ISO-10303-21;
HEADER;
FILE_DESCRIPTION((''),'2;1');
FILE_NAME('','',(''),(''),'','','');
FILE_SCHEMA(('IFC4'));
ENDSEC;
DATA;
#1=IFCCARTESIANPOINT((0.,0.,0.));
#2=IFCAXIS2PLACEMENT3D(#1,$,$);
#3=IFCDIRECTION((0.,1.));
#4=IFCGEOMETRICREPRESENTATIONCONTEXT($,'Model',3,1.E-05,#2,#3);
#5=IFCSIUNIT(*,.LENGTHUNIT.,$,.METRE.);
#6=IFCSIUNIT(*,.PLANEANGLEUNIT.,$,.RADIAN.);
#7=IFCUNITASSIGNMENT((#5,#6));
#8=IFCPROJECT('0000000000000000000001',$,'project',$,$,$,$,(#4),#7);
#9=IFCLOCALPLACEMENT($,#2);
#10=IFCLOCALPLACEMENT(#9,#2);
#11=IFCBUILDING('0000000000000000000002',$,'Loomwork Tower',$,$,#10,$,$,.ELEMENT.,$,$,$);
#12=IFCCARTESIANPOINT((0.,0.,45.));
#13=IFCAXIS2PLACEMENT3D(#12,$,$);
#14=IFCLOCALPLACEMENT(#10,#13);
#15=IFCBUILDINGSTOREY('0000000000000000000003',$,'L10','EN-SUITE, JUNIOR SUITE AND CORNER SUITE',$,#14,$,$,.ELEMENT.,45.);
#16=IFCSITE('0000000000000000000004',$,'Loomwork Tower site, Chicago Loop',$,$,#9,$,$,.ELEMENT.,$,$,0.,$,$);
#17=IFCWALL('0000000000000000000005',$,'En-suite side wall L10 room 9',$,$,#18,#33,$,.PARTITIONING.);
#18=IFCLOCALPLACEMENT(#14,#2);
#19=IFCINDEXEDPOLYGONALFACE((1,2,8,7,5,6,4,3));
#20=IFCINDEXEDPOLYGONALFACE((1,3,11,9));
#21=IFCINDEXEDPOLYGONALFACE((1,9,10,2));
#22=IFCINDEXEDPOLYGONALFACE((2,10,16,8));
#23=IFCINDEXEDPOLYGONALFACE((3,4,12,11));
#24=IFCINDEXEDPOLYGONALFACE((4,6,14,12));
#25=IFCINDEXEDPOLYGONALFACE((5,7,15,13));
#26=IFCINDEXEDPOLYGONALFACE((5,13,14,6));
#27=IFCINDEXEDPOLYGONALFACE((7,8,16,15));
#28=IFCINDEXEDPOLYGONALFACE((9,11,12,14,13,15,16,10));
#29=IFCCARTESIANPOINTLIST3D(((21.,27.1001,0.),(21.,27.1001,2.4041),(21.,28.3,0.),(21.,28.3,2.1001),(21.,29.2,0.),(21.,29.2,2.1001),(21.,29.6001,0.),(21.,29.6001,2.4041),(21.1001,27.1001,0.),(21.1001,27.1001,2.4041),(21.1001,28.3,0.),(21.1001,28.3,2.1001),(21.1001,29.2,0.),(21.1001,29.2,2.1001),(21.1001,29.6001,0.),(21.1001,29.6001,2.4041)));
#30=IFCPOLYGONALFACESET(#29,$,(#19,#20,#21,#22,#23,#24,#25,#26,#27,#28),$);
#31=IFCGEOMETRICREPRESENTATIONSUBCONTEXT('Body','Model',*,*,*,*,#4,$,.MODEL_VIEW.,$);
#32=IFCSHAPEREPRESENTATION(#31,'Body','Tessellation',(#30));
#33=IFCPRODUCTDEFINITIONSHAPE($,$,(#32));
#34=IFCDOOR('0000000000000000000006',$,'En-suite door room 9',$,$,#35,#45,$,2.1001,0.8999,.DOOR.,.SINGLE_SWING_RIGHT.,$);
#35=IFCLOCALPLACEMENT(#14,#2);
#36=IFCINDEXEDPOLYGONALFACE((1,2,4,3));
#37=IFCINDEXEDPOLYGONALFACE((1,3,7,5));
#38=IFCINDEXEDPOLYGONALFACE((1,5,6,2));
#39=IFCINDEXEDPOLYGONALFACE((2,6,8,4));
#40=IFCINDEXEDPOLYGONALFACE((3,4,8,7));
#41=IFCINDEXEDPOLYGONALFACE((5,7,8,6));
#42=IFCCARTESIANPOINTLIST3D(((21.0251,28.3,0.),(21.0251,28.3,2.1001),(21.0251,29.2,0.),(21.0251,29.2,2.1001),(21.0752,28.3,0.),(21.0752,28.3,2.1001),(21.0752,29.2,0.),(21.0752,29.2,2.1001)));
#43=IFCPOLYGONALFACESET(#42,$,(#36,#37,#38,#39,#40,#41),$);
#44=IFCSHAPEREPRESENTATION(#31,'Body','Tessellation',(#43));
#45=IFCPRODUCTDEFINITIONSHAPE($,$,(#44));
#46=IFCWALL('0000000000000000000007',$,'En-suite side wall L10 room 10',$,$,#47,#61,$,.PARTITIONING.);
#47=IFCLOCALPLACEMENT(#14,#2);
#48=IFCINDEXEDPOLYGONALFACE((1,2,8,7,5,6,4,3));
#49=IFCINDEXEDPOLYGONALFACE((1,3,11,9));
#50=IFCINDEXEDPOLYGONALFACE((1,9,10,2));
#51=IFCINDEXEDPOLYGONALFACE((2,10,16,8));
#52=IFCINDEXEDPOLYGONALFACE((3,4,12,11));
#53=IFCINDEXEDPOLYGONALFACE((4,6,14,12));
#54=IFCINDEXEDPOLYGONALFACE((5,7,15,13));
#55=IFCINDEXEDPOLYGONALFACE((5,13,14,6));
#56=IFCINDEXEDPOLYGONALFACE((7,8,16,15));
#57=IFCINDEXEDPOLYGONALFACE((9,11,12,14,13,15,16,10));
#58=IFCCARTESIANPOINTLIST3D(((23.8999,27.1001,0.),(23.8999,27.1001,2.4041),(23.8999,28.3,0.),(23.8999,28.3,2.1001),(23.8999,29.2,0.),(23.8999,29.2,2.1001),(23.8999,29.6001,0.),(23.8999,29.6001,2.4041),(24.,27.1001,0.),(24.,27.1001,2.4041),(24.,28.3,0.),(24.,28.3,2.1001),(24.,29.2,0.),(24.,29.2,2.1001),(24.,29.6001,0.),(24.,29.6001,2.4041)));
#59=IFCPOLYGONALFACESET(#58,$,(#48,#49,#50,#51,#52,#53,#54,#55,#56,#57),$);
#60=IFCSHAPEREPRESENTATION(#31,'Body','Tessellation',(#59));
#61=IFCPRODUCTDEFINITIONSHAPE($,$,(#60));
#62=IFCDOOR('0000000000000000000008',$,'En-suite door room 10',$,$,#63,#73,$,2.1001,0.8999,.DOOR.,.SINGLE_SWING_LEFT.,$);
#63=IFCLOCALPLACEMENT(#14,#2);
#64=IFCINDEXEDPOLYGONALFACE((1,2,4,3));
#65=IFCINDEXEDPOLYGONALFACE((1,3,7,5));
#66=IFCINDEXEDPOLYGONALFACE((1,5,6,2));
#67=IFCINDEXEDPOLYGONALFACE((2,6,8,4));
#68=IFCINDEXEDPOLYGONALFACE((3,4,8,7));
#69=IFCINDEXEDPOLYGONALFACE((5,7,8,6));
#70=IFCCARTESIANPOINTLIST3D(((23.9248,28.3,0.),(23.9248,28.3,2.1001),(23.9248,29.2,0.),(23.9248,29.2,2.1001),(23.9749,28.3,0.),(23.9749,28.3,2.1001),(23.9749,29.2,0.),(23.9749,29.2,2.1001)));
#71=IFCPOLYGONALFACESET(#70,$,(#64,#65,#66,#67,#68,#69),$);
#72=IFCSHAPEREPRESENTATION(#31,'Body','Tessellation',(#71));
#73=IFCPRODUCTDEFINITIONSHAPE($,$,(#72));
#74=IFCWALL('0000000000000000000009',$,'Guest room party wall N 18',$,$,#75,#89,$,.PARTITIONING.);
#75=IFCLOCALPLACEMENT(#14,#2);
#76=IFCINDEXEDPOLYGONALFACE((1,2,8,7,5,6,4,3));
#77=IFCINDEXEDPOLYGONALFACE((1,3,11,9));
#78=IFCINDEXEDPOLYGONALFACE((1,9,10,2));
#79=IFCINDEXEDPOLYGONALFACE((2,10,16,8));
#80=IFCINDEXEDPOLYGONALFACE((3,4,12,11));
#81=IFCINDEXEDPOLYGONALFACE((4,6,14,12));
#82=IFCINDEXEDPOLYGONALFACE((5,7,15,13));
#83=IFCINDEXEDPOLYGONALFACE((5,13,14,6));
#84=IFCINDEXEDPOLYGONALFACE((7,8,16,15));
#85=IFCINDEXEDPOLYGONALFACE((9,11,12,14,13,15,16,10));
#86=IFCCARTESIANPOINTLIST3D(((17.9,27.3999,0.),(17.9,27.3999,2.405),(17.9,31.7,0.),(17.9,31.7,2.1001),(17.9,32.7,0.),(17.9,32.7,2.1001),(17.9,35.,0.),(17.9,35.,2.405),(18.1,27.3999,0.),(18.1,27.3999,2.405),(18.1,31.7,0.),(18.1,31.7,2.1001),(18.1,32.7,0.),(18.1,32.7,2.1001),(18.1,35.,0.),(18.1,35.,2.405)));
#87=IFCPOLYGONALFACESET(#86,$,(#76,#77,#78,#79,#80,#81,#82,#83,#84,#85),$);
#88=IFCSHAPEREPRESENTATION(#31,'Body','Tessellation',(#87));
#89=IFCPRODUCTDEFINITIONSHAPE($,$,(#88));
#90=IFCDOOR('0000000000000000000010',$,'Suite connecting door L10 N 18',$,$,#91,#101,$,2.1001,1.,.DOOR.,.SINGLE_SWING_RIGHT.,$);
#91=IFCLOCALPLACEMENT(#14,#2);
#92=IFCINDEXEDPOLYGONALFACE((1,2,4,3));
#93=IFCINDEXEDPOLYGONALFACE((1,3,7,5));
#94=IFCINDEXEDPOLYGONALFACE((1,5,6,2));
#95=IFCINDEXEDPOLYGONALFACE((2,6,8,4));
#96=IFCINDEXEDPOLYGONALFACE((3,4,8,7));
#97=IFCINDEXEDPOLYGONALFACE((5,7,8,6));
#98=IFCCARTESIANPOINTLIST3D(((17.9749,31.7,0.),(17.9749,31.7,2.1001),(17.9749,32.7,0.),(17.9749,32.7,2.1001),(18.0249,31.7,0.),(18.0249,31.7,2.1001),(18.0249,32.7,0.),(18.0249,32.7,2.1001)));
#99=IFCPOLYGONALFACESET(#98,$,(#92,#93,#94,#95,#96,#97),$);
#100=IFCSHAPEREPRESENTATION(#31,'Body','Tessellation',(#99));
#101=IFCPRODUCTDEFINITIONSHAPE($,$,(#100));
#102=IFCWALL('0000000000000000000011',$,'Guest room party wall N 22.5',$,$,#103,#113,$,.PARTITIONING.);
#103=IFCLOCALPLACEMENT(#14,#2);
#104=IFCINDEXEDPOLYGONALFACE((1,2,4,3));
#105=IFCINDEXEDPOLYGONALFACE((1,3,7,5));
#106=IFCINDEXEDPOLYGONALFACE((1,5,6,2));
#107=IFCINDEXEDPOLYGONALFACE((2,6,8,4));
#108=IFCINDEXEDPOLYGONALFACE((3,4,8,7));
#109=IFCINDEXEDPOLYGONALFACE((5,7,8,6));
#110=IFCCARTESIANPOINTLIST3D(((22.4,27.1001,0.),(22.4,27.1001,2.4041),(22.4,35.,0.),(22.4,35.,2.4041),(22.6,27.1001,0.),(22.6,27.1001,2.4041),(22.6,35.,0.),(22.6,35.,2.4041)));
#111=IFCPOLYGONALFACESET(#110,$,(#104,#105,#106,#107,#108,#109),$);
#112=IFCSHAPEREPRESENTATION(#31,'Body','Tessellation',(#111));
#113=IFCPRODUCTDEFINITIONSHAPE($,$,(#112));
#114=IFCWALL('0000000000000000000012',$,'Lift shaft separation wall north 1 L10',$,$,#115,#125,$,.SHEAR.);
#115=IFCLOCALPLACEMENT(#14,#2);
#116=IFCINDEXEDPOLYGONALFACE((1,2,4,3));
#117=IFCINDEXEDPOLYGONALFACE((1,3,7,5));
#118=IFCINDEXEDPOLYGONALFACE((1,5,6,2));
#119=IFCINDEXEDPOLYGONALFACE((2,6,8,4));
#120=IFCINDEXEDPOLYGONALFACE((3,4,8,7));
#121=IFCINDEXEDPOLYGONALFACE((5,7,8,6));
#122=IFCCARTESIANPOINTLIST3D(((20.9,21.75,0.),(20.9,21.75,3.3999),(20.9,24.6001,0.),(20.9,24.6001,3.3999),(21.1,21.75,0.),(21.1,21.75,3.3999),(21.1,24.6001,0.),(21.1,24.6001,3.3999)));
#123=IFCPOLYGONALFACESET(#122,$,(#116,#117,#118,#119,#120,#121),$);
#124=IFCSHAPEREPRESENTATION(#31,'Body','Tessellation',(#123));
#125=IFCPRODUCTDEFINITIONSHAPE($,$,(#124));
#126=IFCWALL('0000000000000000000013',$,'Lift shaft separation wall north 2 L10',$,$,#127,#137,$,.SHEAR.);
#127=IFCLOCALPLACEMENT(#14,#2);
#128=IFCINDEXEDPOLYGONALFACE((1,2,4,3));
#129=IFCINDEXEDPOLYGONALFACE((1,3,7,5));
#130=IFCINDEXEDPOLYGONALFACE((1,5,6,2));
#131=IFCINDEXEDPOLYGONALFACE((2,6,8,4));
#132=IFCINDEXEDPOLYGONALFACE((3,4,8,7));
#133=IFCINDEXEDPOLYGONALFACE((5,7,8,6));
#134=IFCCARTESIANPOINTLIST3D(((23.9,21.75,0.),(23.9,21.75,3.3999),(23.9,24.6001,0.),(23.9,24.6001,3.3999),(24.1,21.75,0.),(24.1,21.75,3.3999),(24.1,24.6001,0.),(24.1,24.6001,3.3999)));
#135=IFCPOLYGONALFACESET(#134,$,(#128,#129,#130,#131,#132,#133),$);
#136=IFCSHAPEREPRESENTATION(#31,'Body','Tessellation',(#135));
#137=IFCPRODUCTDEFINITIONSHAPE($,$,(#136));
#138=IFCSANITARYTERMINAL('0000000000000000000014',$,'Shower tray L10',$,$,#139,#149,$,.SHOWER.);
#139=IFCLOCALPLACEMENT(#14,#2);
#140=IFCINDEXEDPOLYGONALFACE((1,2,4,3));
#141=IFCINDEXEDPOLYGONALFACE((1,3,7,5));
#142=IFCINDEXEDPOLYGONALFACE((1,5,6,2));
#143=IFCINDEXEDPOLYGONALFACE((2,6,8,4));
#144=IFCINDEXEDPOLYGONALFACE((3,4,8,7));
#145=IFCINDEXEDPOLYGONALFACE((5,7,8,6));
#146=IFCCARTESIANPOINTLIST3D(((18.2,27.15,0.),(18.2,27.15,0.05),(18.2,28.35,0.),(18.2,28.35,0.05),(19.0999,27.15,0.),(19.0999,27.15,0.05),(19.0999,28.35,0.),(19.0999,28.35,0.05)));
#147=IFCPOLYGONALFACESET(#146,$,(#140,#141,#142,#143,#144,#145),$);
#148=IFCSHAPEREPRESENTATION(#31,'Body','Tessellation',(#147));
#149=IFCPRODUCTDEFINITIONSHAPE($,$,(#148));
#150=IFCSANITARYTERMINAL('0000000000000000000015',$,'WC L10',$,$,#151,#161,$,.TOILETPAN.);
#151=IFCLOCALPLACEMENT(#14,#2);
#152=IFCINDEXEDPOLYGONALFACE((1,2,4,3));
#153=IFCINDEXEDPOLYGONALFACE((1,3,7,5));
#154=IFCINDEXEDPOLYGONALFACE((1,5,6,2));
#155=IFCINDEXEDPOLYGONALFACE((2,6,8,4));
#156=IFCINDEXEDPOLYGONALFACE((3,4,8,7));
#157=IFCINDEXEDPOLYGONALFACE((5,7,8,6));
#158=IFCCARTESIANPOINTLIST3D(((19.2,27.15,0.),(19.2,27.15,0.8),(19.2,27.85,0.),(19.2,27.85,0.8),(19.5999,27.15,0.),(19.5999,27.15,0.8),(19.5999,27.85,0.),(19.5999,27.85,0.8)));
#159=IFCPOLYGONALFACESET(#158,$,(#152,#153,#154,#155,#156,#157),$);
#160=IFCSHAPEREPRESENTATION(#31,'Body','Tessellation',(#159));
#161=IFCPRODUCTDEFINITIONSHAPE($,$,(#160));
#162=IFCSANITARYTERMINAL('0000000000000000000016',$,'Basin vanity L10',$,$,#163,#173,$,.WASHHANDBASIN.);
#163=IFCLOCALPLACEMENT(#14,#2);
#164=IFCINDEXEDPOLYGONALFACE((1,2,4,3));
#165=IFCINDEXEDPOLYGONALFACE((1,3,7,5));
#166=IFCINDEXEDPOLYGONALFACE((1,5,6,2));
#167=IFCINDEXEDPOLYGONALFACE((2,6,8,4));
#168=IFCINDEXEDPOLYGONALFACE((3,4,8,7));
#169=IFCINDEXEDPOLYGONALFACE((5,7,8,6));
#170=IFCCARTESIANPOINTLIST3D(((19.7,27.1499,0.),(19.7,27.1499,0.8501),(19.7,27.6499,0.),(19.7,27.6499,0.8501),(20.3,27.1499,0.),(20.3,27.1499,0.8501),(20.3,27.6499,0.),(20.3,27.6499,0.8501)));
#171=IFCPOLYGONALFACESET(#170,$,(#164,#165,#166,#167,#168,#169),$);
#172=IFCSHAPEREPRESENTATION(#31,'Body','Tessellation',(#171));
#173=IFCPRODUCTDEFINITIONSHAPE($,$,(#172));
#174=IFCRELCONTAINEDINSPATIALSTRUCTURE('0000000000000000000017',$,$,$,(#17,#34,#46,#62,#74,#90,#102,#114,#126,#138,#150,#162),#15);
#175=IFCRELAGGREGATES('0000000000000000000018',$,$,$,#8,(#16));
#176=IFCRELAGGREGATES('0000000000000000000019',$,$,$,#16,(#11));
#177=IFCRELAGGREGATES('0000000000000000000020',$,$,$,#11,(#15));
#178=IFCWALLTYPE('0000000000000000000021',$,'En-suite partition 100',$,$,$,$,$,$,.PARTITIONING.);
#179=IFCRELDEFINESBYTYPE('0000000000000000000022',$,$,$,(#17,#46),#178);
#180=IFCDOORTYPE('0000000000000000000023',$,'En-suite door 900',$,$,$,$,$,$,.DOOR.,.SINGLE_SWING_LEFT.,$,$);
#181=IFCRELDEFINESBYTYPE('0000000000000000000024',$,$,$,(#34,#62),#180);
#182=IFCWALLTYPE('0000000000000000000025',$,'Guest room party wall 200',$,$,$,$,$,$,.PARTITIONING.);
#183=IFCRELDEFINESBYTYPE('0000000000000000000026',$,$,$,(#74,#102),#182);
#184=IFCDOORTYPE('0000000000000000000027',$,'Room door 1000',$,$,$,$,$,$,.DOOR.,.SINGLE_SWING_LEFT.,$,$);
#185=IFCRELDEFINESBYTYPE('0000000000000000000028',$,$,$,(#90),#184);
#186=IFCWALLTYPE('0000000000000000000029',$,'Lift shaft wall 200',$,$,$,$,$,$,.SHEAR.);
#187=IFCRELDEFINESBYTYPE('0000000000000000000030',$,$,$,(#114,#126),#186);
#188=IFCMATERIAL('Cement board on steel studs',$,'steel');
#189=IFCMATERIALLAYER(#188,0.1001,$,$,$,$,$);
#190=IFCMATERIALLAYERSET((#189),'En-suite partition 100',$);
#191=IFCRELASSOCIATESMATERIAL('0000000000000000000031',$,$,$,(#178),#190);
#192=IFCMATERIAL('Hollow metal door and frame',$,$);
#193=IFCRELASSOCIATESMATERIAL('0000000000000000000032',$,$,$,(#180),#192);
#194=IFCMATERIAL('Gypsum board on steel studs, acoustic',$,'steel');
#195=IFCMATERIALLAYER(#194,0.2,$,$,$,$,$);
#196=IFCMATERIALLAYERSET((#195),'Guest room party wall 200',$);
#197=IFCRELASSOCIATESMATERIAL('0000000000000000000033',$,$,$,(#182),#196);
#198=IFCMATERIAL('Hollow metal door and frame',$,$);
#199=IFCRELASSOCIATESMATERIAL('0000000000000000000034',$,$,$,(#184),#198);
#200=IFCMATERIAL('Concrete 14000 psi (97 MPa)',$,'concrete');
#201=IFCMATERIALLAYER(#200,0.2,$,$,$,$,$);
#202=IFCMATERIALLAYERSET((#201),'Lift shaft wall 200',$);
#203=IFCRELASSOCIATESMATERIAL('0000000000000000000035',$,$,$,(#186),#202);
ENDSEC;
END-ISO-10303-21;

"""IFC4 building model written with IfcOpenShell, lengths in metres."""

from ifc_helpers import new_model, si_unit, direction, frame, frame_2d, origin, origin_2d, place, context, subcontext, project, spatial, rectangle, extrude, material, layer, layer_set, type_object, element, fill, save


model = new_model("IFC4")

# Units and contexts
model_context = context("Model", 3, precision=1e-05, world=origin(), true_north=direction((0.0, 1.0)))
body_context = subcontext(model_context, "Body", "Model", "MODEL_VIEW")
ifc_project = project(units=[si_unit("LENGTHUNIT", "METRE"), si_unit("PLANEANGLEUNIT", "RADIAN")], contexts=[model_context])

# Site, building, storey
site_placement = place(None, origin())
site = spatial("IfcSite", under=ifc_project, at=site_placement, Name="Loomwork Tower site, Chicago Loop", CompositionType="ELEMENT", RefElevation=0.0)
building_placement = place(site_placement, origin())
building = spatial("IfcBuilding", under=site, at=building_placement, Name="Loomwork Tower", CompositionType="ELEMENT")
storey_placement = place(building_placement, frame((0.0, 0.0, 45.0)))
storey = spatial("IfcBuildingStorey", under=building, at=storey_placement, Name="L10", Description="EN-SUITE, JUNIOR SUITE AND CORNER SUITE", CompositionType="ELEMENT", Elevation=45.0)

# Shared definitions
ifc_material_1 = material(Name="Cement board on steel studs", Category="steel")
ifc_layer_1 = layer(ifc_material_1, 0.1001)
ifc_layer_set_1 = layer_set([ifc_layer_1], Name="En-suite partition 100")
wall_type_1 = type_object("IfcWallType", Name="En-suite partition 100", PredefinedType="PARTITIONING", material=ifc_layer_set_1)

# Walls, openings, doors
wall_1_placement = place(storey_placement, frame((21.05, 27.1001, 0.0), z_axis=(0.0, 0.0, 1.0), x_axis=(0.0, 1.0, 0.0)))
wall_1 = element("IfcWall", 1, at=wall_1_placement, inside=storey, type_object=wall_type_1, Name="En-suite side wall L10 room 9", PredefinedType="PARTITIONING", context=body_context, shape_type="SweptSolid", body=[
    extrude(rectangle(XDim=2.5, YDim=0.1001, at=frame_2d((1.25, 0.0))), origin(), (0.0, 0.0, 1.0), 2.4041),
])
opening_1_placement = place(wall_1_placement, frame((1.2, 0.0, 0.0)))
opening_1 = element("IfcOpeningElement", 2, at=opening_1_placement, cuts=wall_1, PredefinedType="OPENING", context=body_context, shape_type="SweptSolid", body=[
    extrude(rectangle(XDim=0.8999, YDim=2.1001, at=frame_2d((0.45, 1.05))), frame((0.0, 0.0601, 0.0), z_axis=(0.0, -1.0, 0.0), x_axis=(1.0, 0.0, 0.0)), (0.0, 0.0, 1.0), 0.1201),
])
ifc_material_2 = material(Name="Hollow metal door and frame")
door_type_1 = type_object("IfcDoorType", Name="En-suite door 900", OperationType="SINGLE_SWING_LEFT", PredefinedType="DOOR", material=ifc_material_2)
door_1_placement = place(opening_1_placement, origin())
door_1 = element("IfcDoor", 3, at=door_1_placement, inside=storey, type_object=door_type_1, Name="En-suite door room 9", OperationType="SINGLE_SWING_RIGHT", OverallHeight=2.1001, OverallWidth=0.8999, PredefinedType="DOOR", context=body_context, shape_type="SweptSolid", body=[
    extrude(rectangle(XDim=0.8999, YDim=2.1001, at=frame_2d((0.45, 1.05))), frame((0.0, 0.0249, 0.0), z_axis=(0.0, -1.0, 0.0), x_axis=(1.0, 0.0, 0.0)), (0.0, 0.0, 1.0), 0.05),
])
fill(opening_1, door_1)
wall_2_placement = place(storey_placement, frame((23.95, 27.1001, 0.0), z_axis=(0.0, 0.0, 1.0), x_axis=(0.0, 1.0, 0.0)))
wall_2 = element("IfcWall", 4, at=wall_2_placement, inside=storey, type_object=wall_type_1, Name="En-suite side wall L10 room 10", PredefinedType="PARTITIONING", context=body_context, shape_type="SweptSolid", body=[
    extrude(rectangle(XDim=2.5, YDim=0.1001, at=frame_2d((1.25, 0.0))), origin(), (0.0, 0.0, 1.0), 2.4041),
])
opening_2_placement = place(wall_2_placement, frame((1.2, 0.0, 0.0)))
opening_2 = element("IfcOpeningElement", 5, at=opening_2_placement, cuts=wall_2, PredefinedType="OPENING", context=body_context, shape_type="SweptSolid", body=[
    extrude(rectangle(XDim=0.8999, YDim=2.1001, at=frame_2d((0.45, 1.05))), frame((0.0, 0.0601, 0.0), z_axis=(0.0, -1.0, 0.0), x_axis=(1.0, 0.0, 0.0)), (0.0, 0.0, 1.0), 0.1201),
])
door_2_placement = place(opening_2_placement, frame((0.8999, 0.0, 0.0), z_axis=(0.0, 0.0, 1.0), x_axis=(-1.0, 0.0, 0.0)))
door_2 = element("IfcDoor", 6, at=door_2_placement, inside=storey, type_object=door_type_1, Name="En-suite door room 10", OperationType="SINGLE_SWING_LEFT", OverallHeight=2.1001, OverallWidth=0.8999, PredefinedType="DOOR", context=body_context, shape_type="SweptSolid", body=[
    extrude(rectangle(XDim=0.8999, YDim=2.1001, at=frame_2d((0.45, 1.05))), frame((0.0, 0.0249, 0.0), z_axis=(0.0, -1.0, 0.0), x_axis=(1.0, 0.0, 0.0)), (0.0, 0.0, 1.0), 0.05),
])
fill(opening_2, door_2)
ifc_material_3 = material(Name="Gypsum board on steel studs, acoustic", Category="steel")
ifc_layer_2 = layer(ifc_material_3, 0.2)
ifc_layer_set_2 = layer_set([ifc_layer_2], Name="Guest room party wall 200")
wall_type_2 = type_object("IfcWallType", Name="Guest room party wall 200", PredefinedType="PARTITIONING", material=ifc_layer_set_2)
wall_3_placement = place(storey_placement, frame((18.0, 27.3999, 0.0), z_axis=(0.0, 0.0, 1.0), x_axis=(0.0, 1.0, 0.0)))
wall_3 = element("IfcWall", 7, at=wall_3_placement, inside=storey, type_object=wall_type_2, Name="Guest room party wall N 18", PredefinedType="PARTITIONING", context=body_context, shape_type="SweptSolid", body=[
    extrude(rectangle(XDim=7.6001, YDim=0.2, at=frame_2d((3.8, 0.0))), origin(), (0.0, 0.0, 1.0), 2.405),
])
opening_3_placement = place(wall_3_placement, frame((4.3, 0.0, 0.0)))
opening_3 = element("IfcOpeningElement", 8, at=opening_3_placement, cuts=wall_3, PredefinedType="OPENING", context=body_context, shape_type="SweptSolid", body=[
    extrude(rectangle(XDim=1.0, YDim=2.1001, at=frame_2d((0.5, 1.05))), frame((0.0, 0.1099, 0.0), z_axis=(0.0, -1.0, 0.0), x_axis=(1.0, 0.0, 0.0)), (0.0, 0.0, 1.0), 0.22),
])
ifc_material_4 = material(Name="Hollow metal door and frame")
door_type_2 = type_object("IfcDoorType", Name="Room door 1000", OperationType="SINGLE_SWING_LEFT", PredefinedType="DOOR", material=ifc_material_4)
door_3_placement = place(opening_3_placement, frame((1.0, 0.0, 0.0), z_axis=(0.0, 0.0, 1.0), x_axis=(-1.0, 0.0, 0.0)))
door_3 = element("IfcDoor", 9, at=door_3_placement, inside=storey, type_object=door_type_2, Name="Suite connecting door L10 N 18", OperationType="SINGLE_SWING_RIGHT", OverallHeight=2.1001, OverallWidth=1.0, PredefinedType="DOOR", context=body_context, shape_type="SweptSolid", body=[
    extrude(rectangle(XDim=1.0, YDim=2.1001, at=frame_2d((0.5, 1.05))), frame((0.0, 0.0249, 0.0), z_axis=(0.0, -1.0, 0.0), x_axis=(1.0, 0.0, 0.0)), (0.0, 0.0, 1.0), 0.05),
])
fill(opening_3, door_3)

# Walls
wall_4_placement = place(storey_placement, frame((22.5, 27.1001, 0.0), z_axis=(0.0, 0.0, 1.0), x_axis=(0.0, 1.0, 0.0)))
element("IfcWall", 10, at=wall_4_placement, inside=storey, type_object=wall_type_2, Name="Guest room party wall N 22.5", PredefinedType="PARTITIONING", context=body_context, shape_type="SweptSolid", body=[
    extrude(rectangle(XDim=7.8999, YDim=0.2, at=frame_2d((3.95, 0.0))), origin(), (0.0, 0.0, 1.0), 2.4041),
])
ifc_material_5 = material(Name="Concrete 14000 psi (97 MPa)", Category="concrete")
ifc_layer_3 = layer(ifc_material_5, 0.2)
ifc_layer_set_3 = layer_set([ifc_layer_3], Name="Lift shaft wall 200")
wall_type_3 = type_object("IfcWallType", Name="Lift shaft wall 200", PredefinedType="SHEAR", material=ifc_layer_set_3)
for number, where, z_axis, x_axis, name in (
    (11, (21.0, 21.75, 0.0), (0.0, 0.0, 1.0), (0.0, 1.0, 0.0), "Lift shaft separation wall north 1 L10"),
    (12, (24.0, 21.75, 0.0), (0.0, 0.0, 1.0), (0.0, 1.0, 0.0), "Lift shaft separation wall north 2 L10"),
):
    element("IfcWall", number, at=place(storey_placement, frame(where, z_axis=z_axis, x_axis=x_axis)), inside=storey, type_object=wall_type_3, Name=name, PredefinedType="SHEAR", context=body_context, shape_type="SweptSolid", body=[
        extrude(rectangle(XDim=2.8501, YDim=0.2, at=frame_2d((1.425, 0.0))), origin(), (0.0, 0.0, 1.0), 3.3999),
    ])

# Sanitary terminals
sanitary_terminal_1_placement = place(storey_placement, frame((18.6499, 27.75, 0.0), z_axis=(0.0, 0.0, 1.0), x_axis=(1.0, 0.0, 0.0)))
element("IfcSanitaryTerminal", 13, at=sanitary_terminal_1_placement, inside=storey, Name="Shower tray L10", PredefinedType="SHOWER", context=body_context, shape_type="SweptSolid", body=[
    extrude(rectangle(XDim=0.8999, YDim=1.2, at=origin_2d()), origin(), (0.0, 0.0, 1.0), 0.05),
])
sanitary_terminal_2_placement = place(storey_placement, frame((19.3999, 27.5, 0.0), z_axis=(0.0, 0.0, 1.0), x_axis=(1.0, 0.0, 0.0)))
element("IfcSanitaryTerminal", 14, at=sanitary_terminal_2_placement, inside=storey, Name="WC L10", PredefinedType="TOILETPAN", context=body_context, shape_type="SweptSolid", body=[
    extrude(rectangle(XDim=0.3999, YDim=0.7, at=origin_2d()), origin(), (0.0, 0.0, 1.0), 0.8),
])
sanitary_terminal_3_placement = place(storey_placement, frame((20.0, 27.3999, 0.0), z_axis=(0.0, 0.0, 1.0), x_axis=(1.0, 0.0, 0.0)))
element("IfcSanitaryTerminal", 15, at=sanitary_terminal_3_placement, inside=storey, Name="Basin vanity L10", PredefinedType="WASHHANDBASIN", context=body_context, shape_type="SweptSolid", body=[
    extrude(rectangle(XDim=0.6001, YDim=0.5, at=origin_2d()), origin(), (0.0, 0.0, 1.0), 0.8501),
])

save(model, "model.ifc")
